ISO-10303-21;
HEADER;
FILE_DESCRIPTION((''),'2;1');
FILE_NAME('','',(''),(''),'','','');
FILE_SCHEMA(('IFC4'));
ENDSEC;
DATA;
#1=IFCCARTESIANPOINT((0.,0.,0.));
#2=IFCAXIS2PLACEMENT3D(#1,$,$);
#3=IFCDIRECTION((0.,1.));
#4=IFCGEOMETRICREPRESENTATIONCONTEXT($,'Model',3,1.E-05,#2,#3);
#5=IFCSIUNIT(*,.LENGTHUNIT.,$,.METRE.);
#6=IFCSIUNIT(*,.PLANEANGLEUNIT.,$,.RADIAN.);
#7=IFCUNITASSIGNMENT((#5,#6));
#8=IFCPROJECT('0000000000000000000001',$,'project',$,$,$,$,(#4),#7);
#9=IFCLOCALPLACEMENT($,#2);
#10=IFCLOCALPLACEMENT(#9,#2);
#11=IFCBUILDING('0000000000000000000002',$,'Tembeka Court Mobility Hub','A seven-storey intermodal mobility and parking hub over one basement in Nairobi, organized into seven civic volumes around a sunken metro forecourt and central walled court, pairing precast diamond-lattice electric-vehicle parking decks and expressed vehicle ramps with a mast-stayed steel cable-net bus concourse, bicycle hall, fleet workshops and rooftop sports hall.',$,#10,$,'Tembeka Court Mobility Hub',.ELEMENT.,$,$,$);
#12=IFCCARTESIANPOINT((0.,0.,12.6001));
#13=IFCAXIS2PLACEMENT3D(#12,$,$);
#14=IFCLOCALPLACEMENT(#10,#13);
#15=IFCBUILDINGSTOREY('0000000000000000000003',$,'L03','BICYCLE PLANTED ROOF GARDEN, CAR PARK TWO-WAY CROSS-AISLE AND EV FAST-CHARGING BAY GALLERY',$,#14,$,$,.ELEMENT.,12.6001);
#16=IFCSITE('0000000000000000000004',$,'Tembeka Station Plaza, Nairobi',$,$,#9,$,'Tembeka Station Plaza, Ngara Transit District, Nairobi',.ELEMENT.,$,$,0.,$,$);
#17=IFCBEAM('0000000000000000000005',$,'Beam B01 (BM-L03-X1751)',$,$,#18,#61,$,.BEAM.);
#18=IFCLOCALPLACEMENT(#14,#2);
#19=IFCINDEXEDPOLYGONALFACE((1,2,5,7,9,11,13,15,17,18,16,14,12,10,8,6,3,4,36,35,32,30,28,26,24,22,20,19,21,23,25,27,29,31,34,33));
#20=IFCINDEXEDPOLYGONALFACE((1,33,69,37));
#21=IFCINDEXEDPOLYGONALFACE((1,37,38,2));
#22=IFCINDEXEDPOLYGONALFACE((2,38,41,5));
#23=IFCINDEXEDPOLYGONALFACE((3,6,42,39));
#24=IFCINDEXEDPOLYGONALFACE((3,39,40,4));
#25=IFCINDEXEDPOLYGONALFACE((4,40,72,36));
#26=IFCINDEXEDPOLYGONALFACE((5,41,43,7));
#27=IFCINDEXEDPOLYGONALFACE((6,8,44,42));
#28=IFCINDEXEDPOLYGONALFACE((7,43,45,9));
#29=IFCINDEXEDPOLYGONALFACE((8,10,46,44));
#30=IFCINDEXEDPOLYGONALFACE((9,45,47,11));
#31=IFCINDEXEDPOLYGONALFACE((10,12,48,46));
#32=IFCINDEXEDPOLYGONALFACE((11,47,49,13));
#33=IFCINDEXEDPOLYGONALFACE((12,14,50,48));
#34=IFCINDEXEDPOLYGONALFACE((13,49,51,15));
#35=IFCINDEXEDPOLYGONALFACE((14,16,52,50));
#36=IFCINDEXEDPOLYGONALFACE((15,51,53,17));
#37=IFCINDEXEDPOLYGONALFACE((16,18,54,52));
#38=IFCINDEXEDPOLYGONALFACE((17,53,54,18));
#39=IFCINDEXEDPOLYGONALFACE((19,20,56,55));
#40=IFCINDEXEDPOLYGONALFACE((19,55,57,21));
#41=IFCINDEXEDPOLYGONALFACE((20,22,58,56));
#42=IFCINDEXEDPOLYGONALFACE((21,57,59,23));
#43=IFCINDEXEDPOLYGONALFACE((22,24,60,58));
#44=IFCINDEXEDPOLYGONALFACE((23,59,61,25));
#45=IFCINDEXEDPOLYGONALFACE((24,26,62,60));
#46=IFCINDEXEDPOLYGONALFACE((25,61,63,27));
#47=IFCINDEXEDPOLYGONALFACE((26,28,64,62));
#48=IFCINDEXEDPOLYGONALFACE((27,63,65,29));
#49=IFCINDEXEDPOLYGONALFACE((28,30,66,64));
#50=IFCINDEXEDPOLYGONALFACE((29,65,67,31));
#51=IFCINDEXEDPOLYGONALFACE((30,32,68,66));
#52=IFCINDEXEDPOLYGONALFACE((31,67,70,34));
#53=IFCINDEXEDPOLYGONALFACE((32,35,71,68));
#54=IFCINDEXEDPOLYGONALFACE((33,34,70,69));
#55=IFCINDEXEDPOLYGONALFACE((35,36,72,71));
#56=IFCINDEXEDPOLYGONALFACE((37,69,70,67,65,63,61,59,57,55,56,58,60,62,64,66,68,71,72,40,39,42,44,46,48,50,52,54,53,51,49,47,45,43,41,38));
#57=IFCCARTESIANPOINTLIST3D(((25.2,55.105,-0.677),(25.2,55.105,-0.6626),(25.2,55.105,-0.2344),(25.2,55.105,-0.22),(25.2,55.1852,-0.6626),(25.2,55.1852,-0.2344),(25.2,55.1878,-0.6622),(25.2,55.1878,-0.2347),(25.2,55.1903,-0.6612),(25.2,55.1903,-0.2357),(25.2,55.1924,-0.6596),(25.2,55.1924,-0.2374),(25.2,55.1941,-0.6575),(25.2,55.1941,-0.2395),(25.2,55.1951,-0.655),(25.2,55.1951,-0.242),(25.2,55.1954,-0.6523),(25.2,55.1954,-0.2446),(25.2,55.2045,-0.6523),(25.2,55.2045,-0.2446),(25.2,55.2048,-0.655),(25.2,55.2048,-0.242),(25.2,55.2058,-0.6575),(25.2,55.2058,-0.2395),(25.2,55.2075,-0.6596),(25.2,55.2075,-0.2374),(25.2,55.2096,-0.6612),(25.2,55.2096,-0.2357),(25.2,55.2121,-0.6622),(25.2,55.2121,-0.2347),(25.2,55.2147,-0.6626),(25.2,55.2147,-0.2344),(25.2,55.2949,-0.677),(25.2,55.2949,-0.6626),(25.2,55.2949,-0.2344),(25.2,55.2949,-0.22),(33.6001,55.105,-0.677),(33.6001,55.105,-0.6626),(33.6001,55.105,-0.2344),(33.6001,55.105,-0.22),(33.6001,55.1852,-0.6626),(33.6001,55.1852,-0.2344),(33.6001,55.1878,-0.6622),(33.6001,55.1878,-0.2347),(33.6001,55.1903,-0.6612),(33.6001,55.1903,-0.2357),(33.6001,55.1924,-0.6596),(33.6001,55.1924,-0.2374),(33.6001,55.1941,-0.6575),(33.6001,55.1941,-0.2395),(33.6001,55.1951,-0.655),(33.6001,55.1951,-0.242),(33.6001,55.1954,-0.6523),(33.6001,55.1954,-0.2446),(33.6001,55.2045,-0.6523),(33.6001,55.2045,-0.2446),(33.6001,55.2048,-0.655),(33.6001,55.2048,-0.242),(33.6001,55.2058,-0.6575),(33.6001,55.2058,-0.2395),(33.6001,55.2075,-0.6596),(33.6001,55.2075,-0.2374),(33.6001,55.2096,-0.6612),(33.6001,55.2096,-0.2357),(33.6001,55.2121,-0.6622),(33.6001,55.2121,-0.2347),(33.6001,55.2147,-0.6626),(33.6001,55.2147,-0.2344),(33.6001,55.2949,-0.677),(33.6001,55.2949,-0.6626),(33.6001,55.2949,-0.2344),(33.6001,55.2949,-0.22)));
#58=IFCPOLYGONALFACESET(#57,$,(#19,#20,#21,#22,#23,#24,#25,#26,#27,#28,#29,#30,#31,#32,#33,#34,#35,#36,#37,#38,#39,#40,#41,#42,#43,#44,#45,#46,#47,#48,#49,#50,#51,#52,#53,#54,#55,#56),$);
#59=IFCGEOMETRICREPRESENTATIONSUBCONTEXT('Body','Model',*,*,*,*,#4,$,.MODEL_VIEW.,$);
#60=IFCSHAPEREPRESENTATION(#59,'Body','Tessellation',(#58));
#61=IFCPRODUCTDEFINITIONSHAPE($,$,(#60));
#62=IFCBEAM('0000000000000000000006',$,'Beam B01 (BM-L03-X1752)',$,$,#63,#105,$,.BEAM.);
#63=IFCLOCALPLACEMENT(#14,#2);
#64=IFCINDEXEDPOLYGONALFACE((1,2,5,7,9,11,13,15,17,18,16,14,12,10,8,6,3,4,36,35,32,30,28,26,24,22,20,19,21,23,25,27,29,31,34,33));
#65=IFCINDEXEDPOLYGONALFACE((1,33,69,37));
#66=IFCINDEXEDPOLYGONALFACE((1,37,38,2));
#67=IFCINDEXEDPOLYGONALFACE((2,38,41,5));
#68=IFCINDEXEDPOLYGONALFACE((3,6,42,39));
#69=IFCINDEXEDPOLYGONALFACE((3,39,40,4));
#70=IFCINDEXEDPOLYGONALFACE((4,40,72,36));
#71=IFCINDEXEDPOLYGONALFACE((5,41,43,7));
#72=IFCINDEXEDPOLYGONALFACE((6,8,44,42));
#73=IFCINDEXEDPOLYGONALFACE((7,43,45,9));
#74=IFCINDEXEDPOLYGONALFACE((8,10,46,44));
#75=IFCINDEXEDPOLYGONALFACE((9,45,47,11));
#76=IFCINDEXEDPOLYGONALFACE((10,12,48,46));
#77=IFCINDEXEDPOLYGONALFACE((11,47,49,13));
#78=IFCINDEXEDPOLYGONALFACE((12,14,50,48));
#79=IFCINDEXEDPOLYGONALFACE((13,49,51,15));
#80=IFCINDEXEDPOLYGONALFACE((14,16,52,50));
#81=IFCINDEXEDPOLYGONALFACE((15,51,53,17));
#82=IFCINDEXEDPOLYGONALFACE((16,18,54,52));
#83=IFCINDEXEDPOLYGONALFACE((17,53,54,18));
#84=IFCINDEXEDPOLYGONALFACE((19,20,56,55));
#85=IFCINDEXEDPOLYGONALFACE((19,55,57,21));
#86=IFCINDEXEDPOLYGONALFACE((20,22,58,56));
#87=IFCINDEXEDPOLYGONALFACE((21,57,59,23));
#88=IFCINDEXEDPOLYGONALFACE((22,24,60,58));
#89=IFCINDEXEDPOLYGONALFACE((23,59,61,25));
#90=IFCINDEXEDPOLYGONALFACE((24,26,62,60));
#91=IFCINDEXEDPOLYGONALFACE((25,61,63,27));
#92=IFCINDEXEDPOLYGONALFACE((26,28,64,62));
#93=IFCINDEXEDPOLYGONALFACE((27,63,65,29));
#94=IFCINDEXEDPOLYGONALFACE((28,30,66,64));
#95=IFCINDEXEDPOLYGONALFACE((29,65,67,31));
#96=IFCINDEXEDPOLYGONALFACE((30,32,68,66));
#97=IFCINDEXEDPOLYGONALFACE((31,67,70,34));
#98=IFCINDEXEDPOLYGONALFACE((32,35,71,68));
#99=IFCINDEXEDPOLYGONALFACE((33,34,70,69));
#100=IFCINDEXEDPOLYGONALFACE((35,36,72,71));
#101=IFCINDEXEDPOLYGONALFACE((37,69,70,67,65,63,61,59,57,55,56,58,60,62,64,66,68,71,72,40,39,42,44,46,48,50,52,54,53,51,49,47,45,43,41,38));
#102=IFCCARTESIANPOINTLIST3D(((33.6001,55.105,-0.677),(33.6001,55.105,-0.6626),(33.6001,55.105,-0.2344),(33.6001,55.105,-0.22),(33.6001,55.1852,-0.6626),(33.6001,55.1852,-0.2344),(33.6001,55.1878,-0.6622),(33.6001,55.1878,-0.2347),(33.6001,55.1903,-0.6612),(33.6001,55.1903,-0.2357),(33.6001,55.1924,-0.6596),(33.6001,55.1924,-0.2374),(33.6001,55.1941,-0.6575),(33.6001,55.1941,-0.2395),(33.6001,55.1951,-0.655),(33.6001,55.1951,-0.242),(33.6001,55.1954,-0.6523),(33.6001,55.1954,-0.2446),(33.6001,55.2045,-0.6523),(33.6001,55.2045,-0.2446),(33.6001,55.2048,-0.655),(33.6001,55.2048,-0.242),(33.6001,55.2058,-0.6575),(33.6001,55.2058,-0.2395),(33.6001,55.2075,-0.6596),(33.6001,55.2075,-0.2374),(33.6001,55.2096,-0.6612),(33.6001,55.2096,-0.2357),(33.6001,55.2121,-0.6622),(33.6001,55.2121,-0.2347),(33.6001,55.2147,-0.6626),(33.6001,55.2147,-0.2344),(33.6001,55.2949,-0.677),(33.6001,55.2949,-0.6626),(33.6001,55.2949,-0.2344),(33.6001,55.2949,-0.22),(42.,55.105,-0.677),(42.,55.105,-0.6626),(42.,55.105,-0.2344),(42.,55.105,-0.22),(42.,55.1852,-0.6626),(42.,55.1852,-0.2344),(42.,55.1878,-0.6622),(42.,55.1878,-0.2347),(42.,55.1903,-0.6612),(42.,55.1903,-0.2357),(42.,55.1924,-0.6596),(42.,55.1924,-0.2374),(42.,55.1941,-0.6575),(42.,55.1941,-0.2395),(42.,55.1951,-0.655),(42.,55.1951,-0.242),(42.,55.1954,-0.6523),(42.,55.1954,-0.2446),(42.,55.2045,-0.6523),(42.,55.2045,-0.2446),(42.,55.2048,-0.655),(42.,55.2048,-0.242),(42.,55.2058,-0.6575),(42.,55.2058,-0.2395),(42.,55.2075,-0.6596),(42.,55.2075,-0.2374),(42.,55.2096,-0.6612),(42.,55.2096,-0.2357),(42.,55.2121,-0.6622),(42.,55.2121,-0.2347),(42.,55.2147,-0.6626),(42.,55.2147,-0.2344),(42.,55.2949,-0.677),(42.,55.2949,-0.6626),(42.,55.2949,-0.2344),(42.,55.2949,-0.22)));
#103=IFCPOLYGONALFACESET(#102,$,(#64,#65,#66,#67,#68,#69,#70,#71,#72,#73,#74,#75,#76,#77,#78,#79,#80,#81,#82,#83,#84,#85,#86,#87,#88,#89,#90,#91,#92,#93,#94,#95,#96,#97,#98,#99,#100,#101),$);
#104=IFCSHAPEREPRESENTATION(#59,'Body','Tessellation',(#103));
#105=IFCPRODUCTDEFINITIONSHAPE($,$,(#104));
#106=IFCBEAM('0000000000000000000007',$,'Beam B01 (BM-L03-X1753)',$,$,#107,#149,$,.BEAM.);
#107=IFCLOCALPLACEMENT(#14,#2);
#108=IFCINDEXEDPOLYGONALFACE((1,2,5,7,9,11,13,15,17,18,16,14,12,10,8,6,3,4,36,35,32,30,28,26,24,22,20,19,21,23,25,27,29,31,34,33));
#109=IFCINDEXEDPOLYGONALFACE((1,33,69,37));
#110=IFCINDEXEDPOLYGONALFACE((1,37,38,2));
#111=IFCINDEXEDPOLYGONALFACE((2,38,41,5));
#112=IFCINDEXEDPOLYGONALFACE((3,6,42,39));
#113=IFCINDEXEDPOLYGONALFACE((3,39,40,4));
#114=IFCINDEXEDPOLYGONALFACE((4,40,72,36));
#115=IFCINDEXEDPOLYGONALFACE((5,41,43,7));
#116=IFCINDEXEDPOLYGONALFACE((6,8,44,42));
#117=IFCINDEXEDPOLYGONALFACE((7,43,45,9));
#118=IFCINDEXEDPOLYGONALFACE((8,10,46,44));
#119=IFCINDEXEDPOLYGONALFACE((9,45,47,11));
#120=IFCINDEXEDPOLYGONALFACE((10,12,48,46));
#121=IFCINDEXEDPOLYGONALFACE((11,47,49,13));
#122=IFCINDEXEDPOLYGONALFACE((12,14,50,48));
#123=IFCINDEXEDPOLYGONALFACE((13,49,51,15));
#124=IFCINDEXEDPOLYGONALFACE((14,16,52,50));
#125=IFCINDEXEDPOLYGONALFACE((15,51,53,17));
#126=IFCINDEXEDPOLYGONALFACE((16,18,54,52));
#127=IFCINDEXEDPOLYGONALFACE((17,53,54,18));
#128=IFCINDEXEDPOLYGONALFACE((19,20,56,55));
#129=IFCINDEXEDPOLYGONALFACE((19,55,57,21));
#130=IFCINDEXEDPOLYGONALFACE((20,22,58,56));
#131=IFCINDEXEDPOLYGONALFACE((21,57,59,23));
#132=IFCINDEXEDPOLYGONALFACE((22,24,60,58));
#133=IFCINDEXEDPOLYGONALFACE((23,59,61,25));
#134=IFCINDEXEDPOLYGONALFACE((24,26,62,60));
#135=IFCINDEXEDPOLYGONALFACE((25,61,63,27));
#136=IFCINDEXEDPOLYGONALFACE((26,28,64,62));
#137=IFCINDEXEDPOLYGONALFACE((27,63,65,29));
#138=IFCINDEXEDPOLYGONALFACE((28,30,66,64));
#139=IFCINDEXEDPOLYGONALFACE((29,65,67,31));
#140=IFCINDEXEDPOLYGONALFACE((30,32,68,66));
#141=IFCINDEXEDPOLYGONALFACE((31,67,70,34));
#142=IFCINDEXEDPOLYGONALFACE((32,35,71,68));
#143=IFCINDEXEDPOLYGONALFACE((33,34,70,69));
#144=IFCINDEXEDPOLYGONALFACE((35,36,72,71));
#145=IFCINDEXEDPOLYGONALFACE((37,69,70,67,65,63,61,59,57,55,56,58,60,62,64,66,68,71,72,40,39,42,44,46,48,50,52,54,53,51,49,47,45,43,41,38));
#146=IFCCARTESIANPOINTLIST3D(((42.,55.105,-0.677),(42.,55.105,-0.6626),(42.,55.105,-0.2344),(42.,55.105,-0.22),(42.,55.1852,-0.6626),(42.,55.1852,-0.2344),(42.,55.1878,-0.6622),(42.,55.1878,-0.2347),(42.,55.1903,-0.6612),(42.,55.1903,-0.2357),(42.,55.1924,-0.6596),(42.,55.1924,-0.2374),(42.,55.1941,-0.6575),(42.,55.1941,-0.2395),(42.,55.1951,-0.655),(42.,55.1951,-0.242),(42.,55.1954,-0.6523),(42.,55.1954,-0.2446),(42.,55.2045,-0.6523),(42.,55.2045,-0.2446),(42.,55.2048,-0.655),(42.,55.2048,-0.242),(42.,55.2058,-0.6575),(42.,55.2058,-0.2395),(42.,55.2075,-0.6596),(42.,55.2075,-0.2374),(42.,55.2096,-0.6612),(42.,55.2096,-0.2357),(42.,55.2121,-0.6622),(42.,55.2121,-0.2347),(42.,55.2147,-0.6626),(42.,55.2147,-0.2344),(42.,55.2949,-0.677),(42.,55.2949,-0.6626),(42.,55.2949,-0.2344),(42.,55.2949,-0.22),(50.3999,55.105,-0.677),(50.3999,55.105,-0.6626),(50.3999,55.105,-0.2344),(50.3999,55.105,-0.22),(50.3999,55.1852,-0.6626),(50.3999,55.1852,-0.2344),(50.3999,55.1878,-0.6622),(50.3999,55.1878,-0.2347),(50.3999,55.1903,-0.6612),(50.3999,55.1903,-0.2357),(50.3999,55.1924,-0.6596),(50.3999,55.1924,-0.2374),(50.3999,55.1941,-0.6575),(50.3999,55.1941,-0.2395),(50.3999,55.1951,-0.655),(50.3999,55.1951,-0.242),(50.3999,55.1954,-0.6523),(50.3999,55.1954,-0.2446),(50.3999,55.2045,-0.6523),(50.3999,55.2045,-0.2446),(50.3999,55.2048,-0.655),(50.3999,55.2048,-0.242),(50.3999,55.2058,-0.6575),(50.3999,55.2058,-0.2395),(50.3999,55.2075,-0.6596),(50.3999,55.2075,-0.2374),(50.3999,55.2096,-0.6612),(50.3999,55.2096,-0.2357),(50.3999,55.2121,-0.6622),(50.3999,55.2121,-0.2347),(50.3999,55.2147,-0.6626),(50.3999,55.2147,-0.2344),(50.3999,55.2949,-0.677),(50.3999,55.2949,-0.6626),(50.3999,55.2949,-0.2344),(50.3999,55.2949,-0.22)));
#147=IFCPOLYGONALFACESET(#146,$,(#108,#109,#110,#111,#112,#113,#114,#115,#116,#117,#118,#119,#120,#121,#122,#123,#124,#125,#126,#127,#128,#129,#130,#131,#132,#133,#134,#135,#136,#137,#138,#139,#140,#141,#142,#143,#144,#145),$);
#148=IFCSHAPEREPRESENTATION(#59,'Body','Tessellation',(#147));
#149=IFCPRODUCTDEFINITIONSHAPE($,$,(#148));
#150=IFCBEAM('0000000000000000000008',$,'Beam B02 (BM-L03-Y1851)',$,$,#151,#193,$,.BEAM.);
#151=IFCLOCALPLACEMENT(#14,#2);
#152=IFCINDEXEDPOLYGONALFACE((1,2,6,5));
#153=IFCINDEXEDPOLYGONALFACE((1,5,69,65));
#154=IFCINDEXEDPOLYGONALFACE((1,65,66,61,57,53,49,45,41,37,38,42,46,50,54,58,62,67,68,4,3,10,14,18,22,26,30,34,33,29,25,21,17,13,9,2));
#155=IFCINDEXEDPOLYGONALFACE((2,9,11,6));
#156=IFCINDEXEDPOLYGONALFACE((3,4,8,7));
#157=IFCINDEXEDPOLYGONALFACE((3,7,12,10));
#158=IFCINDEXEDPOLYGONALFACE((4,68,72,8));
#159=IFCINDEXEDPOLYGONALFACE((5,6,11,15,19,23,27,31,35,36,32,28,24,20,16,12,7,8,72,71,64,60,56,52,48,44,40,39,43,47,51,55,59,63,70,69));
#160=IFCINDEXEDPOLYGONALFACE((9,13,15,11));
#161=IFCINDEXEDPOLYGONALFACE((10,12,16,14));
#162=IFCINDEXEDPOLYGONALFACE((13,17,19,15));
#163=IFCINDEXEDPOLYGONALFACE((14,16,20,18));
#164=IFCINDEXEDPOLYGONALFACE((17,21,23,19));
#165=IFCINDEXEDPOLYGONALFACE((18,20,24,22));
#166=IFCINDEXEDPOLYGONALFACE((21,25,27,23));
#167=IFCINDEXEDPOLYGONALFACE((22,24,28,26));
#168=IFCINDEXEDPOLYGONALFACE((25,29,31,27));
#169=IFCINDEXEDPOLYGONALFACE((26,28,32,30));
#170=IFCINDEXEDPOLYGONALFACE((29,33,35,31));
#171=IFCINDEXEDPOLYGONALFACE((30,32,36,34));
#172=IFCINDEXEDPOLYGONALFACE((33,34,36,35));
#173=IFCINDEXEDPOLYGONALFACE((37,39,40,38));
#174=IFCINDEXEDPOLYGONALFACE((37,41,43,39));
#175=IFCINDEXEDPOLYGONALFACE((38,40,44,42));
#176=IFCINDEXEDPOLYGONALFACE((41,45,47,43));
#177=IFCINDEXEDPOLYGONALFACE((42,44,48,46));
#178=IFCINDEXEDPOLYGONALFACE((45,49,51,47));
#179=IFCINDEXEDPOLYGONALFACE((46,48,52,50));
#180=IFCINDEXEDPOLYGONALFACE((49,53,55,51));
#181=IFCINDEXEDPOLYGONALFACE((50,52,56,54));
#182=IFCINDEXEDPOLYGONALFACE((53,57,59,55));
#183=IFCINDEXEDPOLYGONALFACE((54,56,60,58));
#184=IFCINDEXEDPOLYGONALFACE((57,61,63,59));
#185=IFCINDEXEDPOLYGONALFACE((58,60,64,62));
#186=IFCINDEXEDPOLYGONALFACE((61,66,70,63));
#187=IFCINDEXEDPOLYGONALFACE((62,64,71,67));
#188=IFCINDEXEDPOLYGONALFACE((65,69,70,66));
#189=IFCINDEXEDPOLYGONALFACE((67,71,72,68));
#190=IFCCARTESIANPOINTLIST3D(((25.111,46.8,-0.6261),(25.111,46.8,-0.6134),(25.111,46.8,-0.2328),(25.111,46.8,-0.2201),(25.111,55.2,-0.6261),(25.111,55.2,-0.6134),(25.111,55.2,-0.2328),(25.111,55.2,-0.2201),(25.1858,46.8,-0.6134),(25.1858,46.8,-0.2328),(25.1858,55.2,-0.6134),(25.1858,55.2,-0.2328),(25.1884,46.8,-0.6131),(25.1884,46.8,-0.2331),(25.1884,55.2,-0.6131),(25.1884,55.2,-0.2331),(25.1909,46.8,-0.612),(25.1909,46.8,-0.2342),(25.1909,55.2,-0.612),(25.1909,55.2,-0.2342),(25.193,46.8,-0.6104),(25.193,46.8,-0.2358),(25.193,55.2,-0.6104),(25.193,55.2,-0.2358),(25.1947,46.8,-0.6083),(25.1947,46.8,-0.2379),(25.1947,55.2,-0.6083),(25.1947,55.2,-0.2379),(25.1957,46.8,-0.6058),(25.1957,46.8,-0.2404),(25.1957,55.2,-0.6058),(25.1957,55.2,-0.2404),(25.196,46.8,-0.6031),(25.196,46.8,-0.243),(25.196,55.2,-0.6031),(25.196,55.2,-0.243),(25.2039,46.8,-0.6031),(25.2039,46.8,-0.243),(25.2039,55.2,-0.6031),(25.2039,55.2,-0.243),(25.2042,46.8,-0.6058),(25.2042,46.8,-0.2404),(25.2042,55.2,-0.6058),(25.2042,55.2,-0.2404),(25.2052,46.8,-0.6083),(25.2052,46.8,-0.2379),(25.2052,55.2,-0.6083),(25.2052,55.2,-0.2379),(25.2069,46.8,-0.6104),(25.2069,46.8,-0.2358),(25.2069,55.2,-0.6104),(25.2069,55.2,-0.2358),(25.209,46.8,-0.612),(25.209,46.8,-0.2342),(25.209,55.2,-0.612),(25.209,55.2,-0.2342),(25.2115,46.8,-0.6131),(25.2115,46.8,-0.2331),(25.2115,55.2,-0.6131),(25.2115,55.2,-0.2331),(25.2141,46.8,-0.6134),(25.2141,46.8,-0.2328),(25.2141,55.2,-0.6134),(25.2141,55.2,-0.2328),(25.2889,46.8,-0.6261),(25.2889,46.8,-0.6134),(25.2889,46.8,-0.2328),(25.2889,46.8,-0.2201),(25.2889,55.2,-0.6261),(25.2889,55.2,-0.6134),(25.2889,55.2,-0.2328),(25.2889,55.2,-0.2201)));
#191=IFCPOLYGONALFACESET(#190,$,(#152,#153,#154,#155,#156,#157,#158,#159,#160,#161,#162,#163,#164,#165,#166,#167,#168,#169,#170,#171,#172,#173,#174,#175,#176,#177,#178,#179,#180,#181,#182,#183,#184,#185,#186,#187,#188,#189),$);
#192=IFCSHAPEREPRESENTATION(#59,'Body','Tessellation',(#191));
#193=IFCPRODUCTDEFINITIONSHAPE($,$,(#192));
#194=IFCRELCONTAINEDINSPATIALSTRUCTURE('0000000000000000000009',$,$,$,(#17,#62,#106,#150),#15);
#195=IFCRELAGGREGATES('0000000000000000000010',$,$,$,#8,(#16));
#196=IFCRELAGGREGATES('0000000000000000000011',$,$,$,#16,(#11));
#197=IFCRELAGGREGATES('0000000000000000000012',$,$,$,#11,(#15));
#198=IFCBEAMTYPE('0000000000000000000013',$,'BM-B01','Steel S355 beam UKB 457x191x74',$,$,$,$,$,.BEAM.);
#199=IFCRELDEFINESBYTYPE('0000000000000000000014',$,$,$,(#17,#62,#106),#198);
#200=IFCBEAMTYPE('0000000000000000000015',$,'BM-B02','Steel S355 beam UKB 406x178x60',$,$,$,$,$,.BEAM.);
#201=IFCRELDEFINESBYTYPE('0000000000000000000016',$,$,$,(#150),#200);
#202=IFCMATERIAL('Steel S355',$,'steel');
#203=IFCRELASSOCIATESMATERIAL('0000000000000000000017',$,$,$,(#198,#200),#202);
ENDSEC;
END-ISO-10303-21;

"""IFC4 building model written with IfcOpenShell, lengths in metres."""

from ifc_helpers import new_model, si_unit, direction, frame, origin, origin_2d, place, context, subcontext, project, spatial, i_section, extrude, material, material_profile, profile_set, type_object, element, save


model = new_model("IFC4")

# Units and contexts
model_context = context("Model", 3, precision=1e-05, world=origin(), true_north=direction((0.0, 1.0)))
body_context = subcontext(model_context, "Body", "Model", "MODEL_VIEW")
ifc_project = project(units=[si_unit("LENGTHUNIT", "METRE"), si_unit("PLANEANGLEUNIT", "RADIAN")], contexts=[model_context])

# Site, building, storey
site_placement = place(None, origin())
site = spatial("IfcSite", under=ifc_project, at=site_placement, Name="Tembeka Station Plaza, Nairobi", LongName="Tembeka Station Plaza, Ngara Transit District, Nairobi", CompositionType="ELEMENT", RefElevation=0.0)
building_placement = place(site_placement, origin())
building = spatial("IfcBuilding", under=site, at=building_placement, Name="Tembeka Court Mobility Hub", Description="A seven-storey intermodal mobility and parking hub over one basement in Nairobi, organized into seven civic volumes around a sunken metro forecourt and central walled court, pairing precast diamond-lattice electric-vehicle parking decks and expressed vehicle ramps with a mast-stayed steel cable-net bus concourse, bicycle hall, fleet workshops and rooftop sports hall.", LongName="Tembeka Court Mobility Hub", CompositionType="ELEMENT")
storey_placement = place(building_placement, frame((0.0, 0.0, 12.6001)))
storey = spatial("IfcBuildingStorey", under=building, at=storey_placement, Name="L03", Description="BICYCLE PLANTED ROOF GARDEN, CAR PARK TWO-WAY CROSS-AISLE AND EV FAST-CHARGING BAY GALLERY", CompositionType="ELEMENT", Elevation=12.6001)

# Shared definitions
ifc_material_1 = material(Name="Steel S355", Category="steel")

# Beams
ifc_material_profile_1 = material_profile(ifc_material_1, i_section(OverallWidth=0.1899, OverallDepth=0.457, WebThickness=0.009, FlangeThickness=0.0144, FilletRadius=0.0103, at=origin_2d()), Name="UKB 457x191x74")
ifc_profile_set_1 = profile_set([ifc_material_profile_1], Name="Steel S355")
beam_type_1 = type_object("IfcBeamType", Name="BM-B01", Description="Steel S355 beam UKB 457x191x74", PredefinedType="BEAM", material=ifc_profile_set_1)
beam_1_placement = place(storey_placement, frame((25.2, 55.2, -0.4485), z_axis=(1.0, 0.0, 0.0), x_axis=(0.0, 1.0, 0.0)))
element("IfcBeam", 1, at=beam_1_placement, inside=storey, type_object=beam_type_1, Name="Beam B01 (BM-L03-X1751)", PredefinedType="BEAM", context=body_context, shape_type="SweptSolid", body=[
    extrude(i_section(OverallWidth=0.1899, OverallDepth=0.457, WebThickness=0.009, FlangeThickness=0.0144, FilletRadius=0.0103, at=origin_2d()), origin(), (0.0, 0.0, 1.0), 8.4001),
])
for number, where, z_axis, x_axis, name in (
    (2, (33.6001, 55.2, -0.4485), (1.0, 0.0, 0.0), (0.0, 1.0, 0.0), "Beam B01 (BM-L03-X1752)"),
    (3, (42.0, 55.2, -0.4485), (1.0, 0.0, 0.0), (0.0, 1.0, 0.0), "Beam B01 (BM-L03-X1753)"),
):
    element("IfcBeam", number, at=place(storey_placement, frame(where, z_axis=z_axis, x_axis=x_axis)), inside=storey, type_object=beam_type_1, Name=name, PredefinedType="BEAM", context=body_context, shape_type="SweptSolid", body=[
        extrude(i_section(OverallWidth=0.1899, OverallDepth=0.457, WebThickness=0.009, FlangeThickness=0.0144, FilletRadius=0.0103, at=origin_2d()), origin(), (0.0, 0.0, 1.0), 8.3999),
    ])
ifc_material_profile_2 = material_profile(ifc_material_1, i_section(OverallWidth=0.178, OverallDepth=0.406, WebThickness=0.0078, FlangeThickness=0.0127, FilletRadius=0.0103, at=origin_2d()), Name="UKB 406x178x60")
ifc_profile_set_2 = profile_set([ifc_material_profile_2], Name="Steel S355")
beam_type_2 = type_object("IfcBeamType", Name="BM-B02", Description="Steel S355 beam UKB 406x178x60", PredefinedType="BEAM", material=ifc_profile_set_2)
beam_2_placement = place(storey_placement, frame((25.2, 46.8, -0.4231), z_axis=(0.0, 1.0, 0.0), x_axis=(-1.0, 0.0, 0.0)))
element("IfcBeam", 4, at=beam_2_placement, inside=storey, type_object=beam_type_2, Name="Beam B02 (BM-L03-Y1851)", PredefinedType="BEAM", context=body_context, shape_type="SweptSolid", body=[
    extrude(i_section(OverallWidth=0.178, OverallDepth=0.406, WebThickness=0.0078, FlangeThickness=0.0127, FilletRadius=0.0103, at=origin_2d()), origin(), (0.0, 0.0, 1.0), 8.3999),
])

save(model, "model.ifc")
